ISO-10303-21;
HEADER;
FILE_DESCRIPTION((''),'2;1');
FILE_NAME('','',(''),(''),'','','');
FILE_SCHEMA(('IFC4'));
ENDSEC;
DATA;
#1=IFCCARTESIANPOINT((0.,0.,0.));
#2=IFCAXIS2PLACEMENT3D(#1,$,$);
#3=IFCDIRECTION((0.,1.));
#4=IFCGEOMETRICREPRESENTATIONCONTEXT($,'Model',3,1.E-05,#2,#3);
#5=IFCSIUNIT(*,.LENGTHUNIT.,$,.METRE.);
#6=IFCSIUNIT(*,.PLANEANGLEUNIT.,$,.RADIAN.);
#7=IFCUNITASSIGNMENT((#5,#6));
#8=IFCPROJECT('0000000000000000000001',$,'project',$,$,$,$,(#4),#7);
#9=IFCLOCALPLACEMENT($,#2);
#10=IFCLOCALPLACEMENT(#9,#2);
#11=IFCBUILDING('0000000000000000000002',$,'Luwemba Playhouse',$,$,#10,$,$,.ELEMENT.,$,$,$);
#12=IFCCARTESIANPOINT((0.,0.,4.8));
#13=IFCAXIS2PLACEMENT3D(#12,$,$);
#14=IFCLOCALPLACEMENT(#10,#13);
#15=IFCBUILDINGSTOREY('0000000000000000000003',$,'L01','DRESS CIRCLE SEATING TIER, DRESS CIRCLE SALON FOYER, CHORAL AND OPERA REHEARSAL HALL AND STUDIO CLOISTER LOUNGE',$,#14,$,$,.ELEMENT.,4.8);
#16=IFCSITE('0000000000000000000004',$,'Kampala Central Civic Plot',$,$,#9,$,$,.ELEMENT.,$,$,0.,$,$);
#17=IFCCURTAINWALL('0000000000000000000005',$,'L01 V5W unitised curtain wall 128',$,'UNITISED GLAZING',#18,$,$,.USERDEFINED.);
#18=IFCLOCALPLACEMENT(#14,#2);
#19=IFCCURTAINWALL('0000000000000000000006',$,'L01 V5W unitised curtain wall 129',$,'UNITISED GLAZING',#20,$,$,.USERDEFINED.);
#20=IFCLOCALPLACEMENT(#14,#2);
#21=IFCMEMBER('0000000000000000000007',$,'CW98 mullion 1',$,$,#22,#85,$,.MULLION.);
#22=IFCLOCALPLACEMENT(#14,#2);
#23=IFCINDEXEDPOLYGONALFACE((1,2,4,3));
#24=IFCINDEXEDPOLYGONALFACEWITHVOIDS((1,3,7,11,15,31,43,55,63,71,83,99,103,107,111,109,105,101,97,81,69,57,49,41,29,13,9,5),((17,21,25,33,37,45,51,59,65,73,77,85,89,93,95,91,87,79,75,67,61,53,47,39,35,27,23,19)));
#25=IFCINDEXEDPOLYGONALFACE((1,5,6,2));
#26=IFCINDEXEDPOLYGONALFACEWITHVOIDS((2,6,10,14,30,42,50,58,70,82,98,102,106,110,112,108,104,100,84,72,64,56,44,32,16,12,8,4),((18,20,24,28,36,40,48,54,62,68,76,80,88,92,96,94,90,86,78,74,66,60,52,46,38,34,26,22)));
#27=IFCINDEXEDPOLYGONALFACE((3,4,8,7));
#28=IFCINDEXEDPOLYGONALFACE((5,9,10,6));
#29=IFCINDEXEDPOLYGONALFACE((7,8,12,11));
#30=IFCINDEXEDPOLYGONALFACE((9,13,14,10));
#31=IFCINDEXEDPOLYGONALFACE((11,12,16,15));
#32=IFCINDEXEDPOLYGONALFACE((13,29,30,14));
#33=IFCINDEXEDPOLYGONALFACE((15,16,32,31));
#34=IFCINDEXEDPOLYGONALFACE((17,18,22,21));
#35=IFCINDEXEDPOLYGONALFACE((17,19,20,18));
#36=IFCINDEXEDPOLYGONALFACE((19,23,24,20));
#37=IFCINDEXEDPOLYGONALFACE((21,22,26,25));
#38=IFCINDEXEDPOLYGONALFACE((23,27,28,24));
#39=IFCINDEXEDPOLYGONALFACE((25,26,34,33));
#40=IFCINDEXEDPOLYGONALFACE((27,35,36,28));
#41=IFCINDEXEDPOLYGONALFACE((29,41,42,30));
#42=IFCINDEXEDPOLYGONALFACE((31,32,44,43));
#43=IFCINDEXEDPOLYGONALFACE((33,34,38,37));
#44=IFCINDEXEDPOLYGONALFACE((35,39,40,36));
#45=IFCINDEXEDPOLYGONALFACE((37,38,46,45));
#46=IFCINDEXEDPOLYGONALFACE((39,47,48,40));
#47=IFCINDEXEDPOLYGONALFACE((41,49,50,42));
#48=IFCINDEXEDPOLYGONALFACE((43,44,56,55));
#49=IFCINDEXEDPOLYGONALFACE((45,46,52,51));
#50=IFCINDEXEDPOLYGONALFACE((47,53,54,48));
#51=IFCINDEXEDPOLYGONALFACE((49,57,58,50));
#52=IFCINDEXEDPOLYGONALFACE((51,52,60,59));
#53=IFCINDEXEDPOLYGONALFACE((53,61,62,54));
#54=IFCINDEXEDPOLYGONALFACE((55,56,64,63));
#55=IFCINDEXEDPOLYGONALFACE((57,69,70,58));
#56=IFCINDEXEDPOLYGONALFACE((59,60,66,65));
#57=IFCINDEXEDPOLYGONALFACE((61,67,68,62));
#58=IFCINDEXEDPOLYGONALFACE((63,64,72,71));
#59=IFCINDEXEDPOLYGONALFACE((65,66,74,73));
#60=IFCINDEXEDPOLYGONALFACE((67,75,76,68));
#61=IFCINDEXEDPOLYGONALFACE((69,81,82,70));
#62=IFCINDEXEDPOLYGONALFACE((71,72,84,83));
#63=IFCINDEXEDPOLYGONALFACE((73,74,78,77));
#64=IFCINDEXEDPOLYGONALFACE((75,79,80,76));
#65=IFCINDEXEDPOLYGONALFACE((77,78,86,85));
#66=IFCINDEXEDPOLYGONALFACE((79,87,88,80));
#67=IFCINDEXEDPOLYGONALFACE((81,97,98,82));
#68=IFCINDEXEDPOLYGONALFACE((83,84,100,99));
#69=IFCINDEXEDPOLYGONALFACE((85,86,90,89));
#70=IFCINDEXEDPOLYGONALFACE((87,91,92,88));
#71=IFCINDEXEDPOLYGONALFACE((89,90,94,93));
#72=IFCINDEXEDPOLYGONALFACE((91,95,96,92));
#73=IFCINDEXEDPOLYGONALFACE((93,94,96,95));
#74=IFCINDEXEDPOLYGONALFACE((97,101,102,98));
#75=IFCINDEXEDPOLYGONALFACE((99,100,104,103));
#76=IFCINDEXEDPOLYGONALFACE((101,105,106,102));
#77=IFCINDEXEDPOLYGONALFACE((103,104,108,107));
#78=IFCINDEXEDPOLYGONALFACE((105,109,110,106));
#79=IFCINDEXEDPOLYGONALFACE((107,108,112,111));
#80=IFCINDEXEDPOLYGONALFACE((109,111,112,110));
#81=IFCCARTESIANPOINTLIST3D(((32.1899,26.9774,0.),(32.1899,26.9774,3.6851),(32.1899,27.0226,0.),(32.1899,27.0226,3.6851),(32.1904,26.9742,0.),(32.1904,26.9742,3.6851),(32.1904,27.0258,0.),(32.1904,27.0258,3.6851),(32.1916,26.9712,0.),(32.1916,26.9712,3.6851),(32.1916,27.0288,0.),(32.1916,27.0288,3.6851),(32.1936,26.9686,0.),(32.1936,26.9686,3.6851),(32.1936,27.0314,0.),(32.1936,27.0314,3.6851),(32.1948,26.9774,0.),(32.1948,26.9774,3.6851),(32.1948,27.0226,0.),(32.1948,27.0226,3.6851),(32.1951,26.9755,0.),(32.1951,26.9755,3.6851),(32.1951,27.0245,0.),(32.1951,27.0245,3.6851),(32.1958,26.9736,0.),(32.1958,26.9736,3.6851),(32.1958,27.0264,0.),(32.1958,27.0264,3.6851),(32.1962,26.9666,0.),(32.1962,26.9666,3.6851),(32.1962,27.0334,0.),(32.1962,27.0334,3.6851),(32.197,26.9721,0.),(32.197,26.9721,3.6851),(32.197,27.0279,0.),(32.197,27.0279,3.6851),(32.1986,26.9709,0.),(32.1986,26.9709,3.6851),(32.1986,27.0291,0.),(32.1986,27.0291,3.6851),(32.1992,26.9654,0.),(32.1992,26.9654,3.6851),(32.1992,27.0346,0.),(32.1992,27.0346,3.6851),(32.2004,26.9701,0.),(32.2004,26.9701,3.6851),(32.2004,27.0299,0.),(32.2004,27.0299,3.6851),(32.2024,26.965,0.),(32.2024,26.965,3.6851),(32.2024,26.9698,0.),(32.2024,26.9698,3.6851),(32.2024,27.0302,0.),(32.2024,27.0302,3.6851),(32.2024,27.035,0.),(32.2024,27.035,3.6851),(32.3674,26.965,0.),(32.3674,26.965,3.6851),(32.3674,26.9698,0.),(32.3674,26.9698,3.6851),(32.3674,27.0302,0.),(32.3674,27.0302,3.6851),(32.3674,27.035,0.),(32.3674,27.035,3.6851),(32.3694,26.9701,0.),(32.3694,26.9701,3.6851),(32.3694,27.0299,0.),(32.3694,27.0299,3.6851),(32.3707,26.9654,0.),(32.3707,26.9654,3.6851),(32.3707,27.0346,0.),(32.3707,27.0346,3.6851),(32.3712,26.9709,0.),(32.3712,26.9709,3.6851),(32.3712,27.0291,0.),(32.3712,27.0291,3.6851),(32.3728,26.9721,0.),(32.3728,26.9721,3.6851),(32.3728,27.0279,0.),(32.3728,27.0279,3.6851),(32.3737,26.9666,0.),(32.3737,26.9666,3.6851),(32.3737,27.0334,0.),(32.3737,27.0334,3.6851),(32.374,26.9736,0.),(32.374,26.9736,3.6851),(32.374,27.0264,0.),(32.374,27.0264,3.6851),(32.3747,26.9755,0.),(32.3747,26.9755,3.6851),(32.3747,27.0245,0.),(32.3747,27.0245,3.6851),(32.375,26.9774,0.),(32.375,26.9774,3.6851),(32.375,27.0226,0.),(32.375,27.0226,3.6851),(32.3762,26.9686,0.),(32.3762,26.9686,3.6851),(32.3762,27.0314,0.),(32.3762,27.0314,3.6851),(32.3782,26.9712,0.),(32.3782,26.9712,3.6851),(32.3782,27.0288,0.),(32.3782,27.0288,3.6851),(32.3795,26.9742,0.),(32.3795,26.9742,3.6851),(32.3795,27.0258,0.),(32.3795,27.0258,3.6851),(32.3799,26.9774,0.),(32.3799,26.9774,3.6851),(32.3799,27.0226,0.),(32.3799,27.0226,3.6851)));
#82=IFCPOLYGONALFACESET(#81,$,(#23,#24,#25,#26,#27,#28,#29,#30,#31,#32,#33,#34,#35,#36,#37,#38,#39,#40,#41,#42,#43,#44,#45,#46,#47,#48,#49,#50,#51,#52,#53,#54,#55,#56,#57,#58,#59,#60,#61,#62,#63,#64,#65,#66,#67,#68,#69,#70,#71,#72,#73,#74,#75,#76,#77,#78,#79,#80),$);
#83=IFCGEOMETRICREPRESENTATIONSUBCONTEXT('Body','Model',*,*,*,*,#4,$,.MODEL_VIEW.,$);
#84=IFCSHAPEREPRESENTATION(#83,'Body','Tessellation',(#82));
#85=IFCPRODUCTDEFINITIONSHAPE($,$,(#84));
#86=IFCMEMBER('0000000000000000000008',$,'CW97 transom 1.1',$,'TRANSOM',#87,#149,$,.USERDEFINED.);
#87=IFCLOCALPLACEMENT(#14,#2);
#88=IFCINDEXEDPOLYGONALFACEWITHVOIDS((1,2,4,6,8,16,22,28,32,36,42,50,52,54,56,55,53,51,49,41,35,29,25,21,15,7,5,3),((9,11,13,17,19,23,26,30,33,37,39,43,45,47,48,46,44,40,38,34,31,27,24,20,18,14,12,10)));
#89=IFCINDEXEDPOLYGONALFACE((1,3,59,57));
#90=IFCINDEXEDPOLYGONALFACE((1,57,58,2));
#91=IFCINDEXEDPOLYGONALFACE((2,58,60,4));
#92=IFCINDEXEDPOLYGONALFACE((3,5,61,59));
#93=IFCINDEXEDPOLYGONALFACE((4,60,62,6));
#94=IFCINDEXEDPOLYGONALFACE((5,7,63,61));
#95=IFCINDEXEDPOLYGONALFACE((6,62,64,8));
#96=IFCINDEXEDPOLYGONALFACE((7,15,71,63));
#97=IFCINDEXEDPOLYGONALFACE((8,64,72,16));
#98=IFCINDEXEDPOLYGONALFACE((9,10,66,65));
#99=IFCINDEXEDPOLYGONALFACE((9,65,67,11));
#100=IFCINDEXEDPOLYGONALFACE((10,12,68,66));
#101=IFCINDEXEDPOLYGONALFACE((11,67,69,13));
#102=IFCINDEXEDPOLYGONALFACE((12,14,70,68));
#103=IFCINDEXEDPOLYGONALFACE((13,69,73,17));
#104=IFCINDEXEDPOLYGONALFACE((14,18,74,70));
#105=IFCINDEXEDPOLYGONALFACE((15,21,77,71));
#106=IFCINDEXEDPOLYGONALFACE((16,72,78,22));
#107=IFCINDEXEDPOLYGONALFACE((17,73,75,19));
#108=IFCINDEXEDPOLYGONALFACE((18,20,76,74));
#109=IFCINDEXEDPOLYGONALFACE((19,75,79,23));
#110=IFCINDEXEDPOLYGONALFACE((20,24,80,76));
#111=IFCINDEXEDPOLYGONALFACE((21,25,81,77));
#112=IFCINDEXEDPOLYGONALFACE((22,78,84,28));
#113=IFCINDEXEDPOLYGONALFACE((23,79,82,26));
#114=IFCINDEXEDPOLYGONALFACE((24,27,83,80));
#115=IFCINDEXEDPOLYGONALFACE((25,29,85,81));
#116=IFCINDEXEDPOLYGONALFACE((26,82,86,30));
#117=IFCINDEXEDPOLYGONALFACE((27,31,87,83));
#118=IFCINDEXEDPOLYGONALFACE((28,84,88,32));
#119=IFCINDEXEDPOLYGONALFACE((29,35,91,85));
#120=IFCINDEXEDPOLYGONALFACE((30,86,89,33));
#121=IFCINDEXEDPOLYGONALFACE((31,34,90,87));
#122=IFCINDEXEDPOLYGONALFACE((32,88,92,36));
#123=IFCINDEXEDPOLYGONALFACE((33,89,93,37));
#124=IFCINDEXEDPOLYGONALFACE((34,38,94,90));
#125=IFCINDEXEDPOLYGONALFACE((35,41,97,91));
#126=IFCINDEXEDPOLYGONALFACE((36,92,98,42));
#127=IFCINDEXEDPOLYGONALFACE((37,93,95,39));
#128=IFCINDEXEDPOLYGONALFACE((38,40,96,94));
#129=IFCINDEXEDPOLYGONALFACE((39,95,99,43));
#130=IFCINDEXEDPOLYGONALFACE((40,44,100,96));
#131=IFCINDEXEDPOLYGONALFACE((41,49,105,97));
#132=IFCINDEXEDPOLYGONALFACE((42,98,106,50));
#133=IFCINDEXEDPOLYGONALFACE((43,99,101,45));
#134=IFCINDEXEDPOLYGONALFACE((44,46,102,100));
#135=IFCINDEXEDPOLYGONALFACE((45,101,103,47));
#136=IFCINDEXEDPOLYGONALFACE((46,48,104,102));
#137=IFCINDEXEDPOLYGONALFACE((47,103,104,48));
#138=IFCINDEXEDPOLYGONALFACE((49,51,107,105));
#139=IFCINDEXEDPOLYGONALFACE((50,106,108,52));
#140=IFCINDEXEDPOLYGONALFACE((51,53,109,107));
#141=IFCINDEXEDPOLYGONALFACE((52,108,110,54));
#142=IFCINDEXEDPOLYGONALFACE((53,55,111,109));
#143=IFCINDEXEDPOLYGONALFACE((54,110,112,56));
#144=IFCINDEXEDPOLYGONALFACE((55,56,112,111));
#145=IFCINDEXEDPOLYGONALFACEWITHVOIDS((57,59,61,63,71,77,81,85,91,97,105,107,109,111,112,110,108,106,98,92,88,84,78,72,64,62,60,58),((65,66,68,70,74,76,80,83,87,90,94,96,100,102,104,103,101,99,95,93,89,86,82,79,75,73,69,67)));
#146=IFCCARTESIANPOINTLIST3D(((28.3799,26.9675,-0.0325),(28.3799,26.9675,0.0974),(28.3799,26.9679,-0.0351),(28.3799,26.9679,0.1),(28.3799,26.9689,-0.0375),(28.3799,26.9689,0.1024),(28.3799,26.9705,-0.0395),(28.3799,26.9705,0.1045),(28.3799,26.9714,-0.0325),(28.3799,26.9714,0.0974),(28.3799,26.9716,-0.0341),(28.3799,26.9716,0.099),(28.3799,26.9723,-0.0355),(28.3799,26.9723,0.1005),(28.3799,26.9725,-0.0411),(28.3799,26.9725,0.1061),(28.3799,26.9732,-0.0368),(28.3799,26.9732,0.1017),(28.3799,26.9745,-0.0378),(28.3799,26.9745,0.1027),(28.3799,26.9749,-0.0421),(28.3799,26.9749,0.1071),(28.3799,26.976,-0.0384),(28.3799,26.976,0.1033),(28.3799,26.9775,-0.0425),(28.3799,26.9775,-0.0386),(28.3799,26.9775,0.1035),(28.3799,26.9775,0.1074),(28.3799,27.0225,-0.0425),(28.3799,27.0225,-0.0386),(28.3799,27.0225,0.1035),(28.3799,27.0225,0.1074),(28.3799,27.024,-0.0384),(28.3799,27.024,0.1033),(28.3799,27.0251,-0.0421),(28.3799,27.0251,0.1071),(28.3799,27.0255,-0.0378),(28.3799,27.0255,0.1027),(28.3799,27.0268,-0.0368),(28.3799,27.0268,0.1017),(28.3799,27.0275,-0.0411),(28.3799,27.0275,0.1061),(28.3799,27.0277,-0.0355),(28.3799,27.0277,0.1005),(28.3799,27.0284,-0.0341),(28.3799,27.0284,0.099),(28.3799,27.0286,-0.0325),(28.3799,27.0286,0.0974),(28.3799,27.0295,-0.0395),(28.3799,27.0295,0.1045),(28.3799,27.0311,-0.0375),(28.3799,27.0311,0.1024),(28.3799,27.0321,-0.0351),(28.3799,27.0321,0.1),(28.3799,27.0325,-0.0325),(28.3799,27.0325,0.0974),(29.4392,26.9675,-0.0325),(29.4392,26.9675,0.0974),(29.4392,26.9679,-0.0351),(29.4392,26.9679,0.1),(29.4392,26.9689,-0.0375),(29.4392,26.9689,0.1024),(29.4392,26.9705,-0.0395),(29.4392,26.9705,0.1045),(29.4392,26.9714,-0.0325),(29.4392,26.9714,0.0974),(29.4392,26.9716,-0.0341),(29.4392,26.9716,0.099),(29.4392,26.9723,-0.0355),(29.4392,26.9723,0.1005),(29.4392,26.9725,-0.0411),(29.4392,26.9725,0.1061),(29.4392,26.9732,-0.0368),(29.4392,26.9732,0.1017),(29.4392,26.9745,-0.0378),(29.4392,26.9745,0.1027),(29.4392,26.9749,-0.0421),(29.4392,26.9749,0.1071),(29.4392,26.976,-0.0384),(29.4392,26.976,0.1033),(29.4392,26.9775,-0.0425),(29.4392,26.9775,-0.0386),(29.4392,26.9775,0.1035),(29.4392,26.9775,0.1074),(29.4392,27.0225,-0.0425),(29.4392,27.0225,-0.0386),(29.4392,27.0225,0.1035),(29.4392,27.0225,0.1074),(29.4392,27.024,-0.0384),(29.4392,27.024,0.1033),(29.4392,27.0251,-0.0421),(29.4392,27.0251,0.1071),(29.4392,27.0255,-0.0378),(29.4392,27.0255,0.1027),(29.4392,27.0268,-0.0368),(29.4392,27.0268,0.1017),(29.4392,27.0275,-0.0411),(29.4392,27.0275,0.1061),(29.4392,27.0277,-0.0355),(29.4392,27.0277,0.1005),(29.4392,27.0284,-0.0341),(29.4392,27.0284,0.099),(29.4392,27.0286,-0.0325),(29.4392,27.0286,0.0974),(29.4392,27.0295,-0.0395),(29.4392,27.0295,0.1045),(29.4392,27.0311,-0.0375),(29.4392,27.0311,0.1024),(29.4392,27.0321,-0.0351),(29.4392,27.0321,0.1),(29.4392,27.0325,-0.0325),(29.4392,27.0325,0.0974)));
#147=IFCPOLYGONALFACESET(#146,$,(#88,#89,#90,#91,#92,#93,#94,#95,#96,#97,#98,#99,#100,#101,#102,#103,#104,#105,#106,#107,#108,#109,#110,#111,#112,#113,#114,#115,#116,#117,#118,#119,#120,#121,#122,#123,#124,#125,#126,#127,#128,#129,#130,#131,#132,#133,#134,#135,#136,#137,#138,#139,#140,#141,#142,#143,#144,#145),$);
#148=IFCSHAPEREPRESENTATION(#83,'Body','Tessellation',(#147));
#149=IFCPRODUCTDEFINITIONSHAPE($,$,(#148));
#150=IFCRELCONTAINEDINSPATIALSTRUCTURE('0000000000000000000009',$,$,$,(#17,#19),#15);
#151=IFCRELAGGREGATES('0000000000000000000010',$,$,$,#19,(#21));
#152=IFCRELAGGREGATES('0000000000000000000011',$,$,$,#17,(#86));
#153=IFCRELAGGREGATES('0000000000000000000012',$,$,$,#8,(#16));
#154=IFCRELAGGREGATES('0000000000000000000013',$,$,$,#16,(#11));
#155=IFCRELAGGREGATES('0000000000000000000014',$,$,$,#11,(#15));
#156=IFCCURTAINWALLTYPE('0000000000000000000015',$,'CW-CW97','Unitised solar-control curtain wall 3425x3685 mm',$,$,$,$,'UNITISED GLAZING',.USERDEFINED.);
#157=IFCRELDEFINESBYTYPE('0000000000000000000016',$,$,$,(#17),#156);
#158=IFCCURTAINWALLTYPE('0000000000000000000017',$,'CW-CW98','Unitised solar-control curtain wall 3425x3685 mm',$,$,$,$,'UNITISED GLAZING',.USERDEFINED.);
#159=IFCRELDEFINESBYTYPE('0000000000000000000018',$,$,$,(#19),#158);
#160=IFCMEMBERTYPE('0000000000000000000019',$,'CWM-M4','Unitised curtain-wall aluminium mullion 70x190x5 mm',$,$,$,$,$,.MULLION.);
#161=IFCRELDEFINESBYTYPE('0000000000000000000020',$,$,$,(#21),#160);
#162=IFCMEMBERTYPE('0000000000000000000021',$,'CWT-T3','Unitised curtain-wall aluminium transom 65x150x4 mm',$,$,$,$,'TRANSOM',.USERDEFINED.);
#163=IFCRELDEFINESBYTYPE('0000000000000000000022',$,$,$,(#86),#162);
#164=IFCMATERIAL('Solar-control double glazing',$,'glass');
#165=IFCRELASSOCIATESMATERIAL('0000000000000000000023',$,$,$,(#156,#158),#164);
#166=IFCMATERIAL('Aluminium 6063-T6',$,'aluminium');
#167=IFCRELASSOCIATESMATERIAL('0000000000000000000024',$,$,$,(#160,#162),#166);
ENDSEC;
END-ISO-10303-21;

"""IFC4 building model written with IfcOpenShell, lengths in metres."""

from ifc_helpers import new_model, si_unit, direction, frame, origin, origin_2d, place, context, subcontext, project, spatial, hollow_rectangle, extrude, material, material_profile, profile_set, type_object, element, aggregate, save


model = new_model("IFC4")

# Units and contexts
model_context = context("Model", 3, precision=1e-05, world=origin(), true_north=direction((0.0, 1.0)))
body_context = subcontext(model_context, "Body", "Model", "MODEL_VIEW")
ifc_project = project(units=[si_unit("LENGTHUNIT", "METRE"), si_unit("PLANEANGLEUNIT", "RADIAN")], contexts=[model_context])

# Site, building, storey
site_placement = place(None, origin())
site = spatial("IfcSite", under=ifc_project, at=site_placement, Name="Kampala Central Civic Plot", CompositionType="ELEMENT", RefElevation=0.0)
building_placement = place(site_placement, origin())
building = spatial("IfcBuilding", under=site, at=building_placement, Name="Luwemba Playhouse", CompositionType="ELEMENT")
storey_placement = place(building_placement, frame((0.0, 0.0, 4.8)))
storey = spatial("IfcBuildingStorey", under=building, at=storey_placement, Name="L01", Description="DRESS CIRCLE SEATING TIER, DRESS CIRCLE SALON FOYER, CHORAL AND OPERA REHEARSAL HALL AND STUDIO CLOISTER LOUNGE", CompositionType="ELEMENT", Elevation=4.8)

# Curtain wall
ifc_material_1 = material(Name="Solar-control double glazing", Category="glass")
curtain_wall_type_1 = type_object("IfcCurtainWallType", Name="CW-CW97", Description="Unitised solar-control curtain wall 3425x3685 mm", ElementType="UNITISED GLAZING", PredefinedType="USERDEFINED", material=ifc_material_1)
curtain_wall_1_placement = place(storey_placement, origin())
curtain_wall_1 = element("IfcCurtainWall", 1, at=curtain_wall_1_placement, inside=storey, type_object=curtain_wall_type_1, Name="L01 V5W unitised curtain wall 128", ObjectType="UNITISED GLAZING", PredefinedType="USERDEFINED")
ifc_material_2 = material(Name="Aluminium 6063-T6", Category="aluminium")

# Curtain wall, member
curtain_wall_type_2 = type_object("IfcCurtainWallType", Name="CW-CW98", Description="Unitised solar-control curtain wall 3425x3685 mm", ElementType="UNITISED GLAZING", PredefinedType="USERDEFINED", material=ifc_material_1)
curtain_wall_2_placement = place(storey_placement, origin())
curtain_wall_2 = element("IfcCurtainWall", 2, at=curtain_wall_2_placement, inside=storey, type_object=curtain_wall_type_2, Name="L01 V5W unitised curtain wall 129", ObjectType="UNITISED GLAZING", PredefinedType="USERDEFINED")
ifc_material_profile_1 = material_profile(ifc_material_2, hollow_rectangle(XDim=0.0701, YDim=0.1899, WallThickness=0.0049, InnerFilletRadius=0.0076, OuterFilletRadius=0.0125, at=origin_2d()))
ifc_profile_set_1 = profile_set([ifc_material_profile_1], Name="Aluminium 6063-T6")
member_type_1 = type_object("IfcMemberType", Name="CWM-M4", Description="Unitised curtain-wall aluminium mullion 70x190x5 mm", PredefinedType="MULLION", material=ifc_profile_set_1)
member_1_placement = place(storey_placement, frame((32.2849, 27.0, 0.0), z_axis=(0.0, 0.0, 1.0), x_axis=(0.0, 1.0, 0.0)))
member_1 = element("IfcMember", 3, at=member_1_placement, type_object=member_type_1, Name="CW98 mullion 1", PredefinedType="MULLION", context=body_context, shape_type="SweptSolid", body=[
    extrude(hollow_rectangle(XDim=0.0701, YDim=0.1899, WallThickness=0.0049, InnerFilletRadius=0.0076, OuterFilletRadius=0.0125, at=origin_2d()), origin(), (0.0, 0.0, 1.0), 3.6851),
])

# Member
ifc_material_profile_2 = material_profile(ifc_material_2, hollow_rectangle(XDim=0.0649, YDim=0.1499, WallThickness=0.0039, InnerFilletRadius=0.0061, OuterFilletRadius=0.01, at=origin_2d()))
ifc_profile_set_2 = profile_set([ifc_material_profile_2], Name="Aluminium 6063-T6")
member_type_2 = type_object("IfcMemberType", Name="CWT-T3", Description="Unitised curtain-wall aluminium transom 65x150x4 mm", ElementType="TRANSOM", PredefinedType="USERDEFINED", material=ifc_profile_set_2)
member_2_placement = place(storey_placement, frame((28.3799, 27.0, 0.0325), z_axis=(1.0, 0.0, 0.0), x_axis=(0.0, 1.0, 0.0)))
member_2 = element("IfcMember", 4, at=member_2_placement, type_object=member_type_2, Name="CW97 transom 1.1", ObjectType="TRANSOM", PredefinedType="USERDEFINED", context=body_context, shape_type="SweptSolid", body=[
    extrude(hollow_rectangle(XDim=0.0649, YDim=0.1499, WallThickness=0.0039, InnerFilletRadius=0.0061, OuterFilletRadius=0.01, at=origin_2d()), origin(), (0.0, 0.0, 1.0), 1.0593),
])
aggregate(curtain_wall_2, [member_1])

aggregate(curtain_wall_1, [member_2])

save(model, "model.ifc")
